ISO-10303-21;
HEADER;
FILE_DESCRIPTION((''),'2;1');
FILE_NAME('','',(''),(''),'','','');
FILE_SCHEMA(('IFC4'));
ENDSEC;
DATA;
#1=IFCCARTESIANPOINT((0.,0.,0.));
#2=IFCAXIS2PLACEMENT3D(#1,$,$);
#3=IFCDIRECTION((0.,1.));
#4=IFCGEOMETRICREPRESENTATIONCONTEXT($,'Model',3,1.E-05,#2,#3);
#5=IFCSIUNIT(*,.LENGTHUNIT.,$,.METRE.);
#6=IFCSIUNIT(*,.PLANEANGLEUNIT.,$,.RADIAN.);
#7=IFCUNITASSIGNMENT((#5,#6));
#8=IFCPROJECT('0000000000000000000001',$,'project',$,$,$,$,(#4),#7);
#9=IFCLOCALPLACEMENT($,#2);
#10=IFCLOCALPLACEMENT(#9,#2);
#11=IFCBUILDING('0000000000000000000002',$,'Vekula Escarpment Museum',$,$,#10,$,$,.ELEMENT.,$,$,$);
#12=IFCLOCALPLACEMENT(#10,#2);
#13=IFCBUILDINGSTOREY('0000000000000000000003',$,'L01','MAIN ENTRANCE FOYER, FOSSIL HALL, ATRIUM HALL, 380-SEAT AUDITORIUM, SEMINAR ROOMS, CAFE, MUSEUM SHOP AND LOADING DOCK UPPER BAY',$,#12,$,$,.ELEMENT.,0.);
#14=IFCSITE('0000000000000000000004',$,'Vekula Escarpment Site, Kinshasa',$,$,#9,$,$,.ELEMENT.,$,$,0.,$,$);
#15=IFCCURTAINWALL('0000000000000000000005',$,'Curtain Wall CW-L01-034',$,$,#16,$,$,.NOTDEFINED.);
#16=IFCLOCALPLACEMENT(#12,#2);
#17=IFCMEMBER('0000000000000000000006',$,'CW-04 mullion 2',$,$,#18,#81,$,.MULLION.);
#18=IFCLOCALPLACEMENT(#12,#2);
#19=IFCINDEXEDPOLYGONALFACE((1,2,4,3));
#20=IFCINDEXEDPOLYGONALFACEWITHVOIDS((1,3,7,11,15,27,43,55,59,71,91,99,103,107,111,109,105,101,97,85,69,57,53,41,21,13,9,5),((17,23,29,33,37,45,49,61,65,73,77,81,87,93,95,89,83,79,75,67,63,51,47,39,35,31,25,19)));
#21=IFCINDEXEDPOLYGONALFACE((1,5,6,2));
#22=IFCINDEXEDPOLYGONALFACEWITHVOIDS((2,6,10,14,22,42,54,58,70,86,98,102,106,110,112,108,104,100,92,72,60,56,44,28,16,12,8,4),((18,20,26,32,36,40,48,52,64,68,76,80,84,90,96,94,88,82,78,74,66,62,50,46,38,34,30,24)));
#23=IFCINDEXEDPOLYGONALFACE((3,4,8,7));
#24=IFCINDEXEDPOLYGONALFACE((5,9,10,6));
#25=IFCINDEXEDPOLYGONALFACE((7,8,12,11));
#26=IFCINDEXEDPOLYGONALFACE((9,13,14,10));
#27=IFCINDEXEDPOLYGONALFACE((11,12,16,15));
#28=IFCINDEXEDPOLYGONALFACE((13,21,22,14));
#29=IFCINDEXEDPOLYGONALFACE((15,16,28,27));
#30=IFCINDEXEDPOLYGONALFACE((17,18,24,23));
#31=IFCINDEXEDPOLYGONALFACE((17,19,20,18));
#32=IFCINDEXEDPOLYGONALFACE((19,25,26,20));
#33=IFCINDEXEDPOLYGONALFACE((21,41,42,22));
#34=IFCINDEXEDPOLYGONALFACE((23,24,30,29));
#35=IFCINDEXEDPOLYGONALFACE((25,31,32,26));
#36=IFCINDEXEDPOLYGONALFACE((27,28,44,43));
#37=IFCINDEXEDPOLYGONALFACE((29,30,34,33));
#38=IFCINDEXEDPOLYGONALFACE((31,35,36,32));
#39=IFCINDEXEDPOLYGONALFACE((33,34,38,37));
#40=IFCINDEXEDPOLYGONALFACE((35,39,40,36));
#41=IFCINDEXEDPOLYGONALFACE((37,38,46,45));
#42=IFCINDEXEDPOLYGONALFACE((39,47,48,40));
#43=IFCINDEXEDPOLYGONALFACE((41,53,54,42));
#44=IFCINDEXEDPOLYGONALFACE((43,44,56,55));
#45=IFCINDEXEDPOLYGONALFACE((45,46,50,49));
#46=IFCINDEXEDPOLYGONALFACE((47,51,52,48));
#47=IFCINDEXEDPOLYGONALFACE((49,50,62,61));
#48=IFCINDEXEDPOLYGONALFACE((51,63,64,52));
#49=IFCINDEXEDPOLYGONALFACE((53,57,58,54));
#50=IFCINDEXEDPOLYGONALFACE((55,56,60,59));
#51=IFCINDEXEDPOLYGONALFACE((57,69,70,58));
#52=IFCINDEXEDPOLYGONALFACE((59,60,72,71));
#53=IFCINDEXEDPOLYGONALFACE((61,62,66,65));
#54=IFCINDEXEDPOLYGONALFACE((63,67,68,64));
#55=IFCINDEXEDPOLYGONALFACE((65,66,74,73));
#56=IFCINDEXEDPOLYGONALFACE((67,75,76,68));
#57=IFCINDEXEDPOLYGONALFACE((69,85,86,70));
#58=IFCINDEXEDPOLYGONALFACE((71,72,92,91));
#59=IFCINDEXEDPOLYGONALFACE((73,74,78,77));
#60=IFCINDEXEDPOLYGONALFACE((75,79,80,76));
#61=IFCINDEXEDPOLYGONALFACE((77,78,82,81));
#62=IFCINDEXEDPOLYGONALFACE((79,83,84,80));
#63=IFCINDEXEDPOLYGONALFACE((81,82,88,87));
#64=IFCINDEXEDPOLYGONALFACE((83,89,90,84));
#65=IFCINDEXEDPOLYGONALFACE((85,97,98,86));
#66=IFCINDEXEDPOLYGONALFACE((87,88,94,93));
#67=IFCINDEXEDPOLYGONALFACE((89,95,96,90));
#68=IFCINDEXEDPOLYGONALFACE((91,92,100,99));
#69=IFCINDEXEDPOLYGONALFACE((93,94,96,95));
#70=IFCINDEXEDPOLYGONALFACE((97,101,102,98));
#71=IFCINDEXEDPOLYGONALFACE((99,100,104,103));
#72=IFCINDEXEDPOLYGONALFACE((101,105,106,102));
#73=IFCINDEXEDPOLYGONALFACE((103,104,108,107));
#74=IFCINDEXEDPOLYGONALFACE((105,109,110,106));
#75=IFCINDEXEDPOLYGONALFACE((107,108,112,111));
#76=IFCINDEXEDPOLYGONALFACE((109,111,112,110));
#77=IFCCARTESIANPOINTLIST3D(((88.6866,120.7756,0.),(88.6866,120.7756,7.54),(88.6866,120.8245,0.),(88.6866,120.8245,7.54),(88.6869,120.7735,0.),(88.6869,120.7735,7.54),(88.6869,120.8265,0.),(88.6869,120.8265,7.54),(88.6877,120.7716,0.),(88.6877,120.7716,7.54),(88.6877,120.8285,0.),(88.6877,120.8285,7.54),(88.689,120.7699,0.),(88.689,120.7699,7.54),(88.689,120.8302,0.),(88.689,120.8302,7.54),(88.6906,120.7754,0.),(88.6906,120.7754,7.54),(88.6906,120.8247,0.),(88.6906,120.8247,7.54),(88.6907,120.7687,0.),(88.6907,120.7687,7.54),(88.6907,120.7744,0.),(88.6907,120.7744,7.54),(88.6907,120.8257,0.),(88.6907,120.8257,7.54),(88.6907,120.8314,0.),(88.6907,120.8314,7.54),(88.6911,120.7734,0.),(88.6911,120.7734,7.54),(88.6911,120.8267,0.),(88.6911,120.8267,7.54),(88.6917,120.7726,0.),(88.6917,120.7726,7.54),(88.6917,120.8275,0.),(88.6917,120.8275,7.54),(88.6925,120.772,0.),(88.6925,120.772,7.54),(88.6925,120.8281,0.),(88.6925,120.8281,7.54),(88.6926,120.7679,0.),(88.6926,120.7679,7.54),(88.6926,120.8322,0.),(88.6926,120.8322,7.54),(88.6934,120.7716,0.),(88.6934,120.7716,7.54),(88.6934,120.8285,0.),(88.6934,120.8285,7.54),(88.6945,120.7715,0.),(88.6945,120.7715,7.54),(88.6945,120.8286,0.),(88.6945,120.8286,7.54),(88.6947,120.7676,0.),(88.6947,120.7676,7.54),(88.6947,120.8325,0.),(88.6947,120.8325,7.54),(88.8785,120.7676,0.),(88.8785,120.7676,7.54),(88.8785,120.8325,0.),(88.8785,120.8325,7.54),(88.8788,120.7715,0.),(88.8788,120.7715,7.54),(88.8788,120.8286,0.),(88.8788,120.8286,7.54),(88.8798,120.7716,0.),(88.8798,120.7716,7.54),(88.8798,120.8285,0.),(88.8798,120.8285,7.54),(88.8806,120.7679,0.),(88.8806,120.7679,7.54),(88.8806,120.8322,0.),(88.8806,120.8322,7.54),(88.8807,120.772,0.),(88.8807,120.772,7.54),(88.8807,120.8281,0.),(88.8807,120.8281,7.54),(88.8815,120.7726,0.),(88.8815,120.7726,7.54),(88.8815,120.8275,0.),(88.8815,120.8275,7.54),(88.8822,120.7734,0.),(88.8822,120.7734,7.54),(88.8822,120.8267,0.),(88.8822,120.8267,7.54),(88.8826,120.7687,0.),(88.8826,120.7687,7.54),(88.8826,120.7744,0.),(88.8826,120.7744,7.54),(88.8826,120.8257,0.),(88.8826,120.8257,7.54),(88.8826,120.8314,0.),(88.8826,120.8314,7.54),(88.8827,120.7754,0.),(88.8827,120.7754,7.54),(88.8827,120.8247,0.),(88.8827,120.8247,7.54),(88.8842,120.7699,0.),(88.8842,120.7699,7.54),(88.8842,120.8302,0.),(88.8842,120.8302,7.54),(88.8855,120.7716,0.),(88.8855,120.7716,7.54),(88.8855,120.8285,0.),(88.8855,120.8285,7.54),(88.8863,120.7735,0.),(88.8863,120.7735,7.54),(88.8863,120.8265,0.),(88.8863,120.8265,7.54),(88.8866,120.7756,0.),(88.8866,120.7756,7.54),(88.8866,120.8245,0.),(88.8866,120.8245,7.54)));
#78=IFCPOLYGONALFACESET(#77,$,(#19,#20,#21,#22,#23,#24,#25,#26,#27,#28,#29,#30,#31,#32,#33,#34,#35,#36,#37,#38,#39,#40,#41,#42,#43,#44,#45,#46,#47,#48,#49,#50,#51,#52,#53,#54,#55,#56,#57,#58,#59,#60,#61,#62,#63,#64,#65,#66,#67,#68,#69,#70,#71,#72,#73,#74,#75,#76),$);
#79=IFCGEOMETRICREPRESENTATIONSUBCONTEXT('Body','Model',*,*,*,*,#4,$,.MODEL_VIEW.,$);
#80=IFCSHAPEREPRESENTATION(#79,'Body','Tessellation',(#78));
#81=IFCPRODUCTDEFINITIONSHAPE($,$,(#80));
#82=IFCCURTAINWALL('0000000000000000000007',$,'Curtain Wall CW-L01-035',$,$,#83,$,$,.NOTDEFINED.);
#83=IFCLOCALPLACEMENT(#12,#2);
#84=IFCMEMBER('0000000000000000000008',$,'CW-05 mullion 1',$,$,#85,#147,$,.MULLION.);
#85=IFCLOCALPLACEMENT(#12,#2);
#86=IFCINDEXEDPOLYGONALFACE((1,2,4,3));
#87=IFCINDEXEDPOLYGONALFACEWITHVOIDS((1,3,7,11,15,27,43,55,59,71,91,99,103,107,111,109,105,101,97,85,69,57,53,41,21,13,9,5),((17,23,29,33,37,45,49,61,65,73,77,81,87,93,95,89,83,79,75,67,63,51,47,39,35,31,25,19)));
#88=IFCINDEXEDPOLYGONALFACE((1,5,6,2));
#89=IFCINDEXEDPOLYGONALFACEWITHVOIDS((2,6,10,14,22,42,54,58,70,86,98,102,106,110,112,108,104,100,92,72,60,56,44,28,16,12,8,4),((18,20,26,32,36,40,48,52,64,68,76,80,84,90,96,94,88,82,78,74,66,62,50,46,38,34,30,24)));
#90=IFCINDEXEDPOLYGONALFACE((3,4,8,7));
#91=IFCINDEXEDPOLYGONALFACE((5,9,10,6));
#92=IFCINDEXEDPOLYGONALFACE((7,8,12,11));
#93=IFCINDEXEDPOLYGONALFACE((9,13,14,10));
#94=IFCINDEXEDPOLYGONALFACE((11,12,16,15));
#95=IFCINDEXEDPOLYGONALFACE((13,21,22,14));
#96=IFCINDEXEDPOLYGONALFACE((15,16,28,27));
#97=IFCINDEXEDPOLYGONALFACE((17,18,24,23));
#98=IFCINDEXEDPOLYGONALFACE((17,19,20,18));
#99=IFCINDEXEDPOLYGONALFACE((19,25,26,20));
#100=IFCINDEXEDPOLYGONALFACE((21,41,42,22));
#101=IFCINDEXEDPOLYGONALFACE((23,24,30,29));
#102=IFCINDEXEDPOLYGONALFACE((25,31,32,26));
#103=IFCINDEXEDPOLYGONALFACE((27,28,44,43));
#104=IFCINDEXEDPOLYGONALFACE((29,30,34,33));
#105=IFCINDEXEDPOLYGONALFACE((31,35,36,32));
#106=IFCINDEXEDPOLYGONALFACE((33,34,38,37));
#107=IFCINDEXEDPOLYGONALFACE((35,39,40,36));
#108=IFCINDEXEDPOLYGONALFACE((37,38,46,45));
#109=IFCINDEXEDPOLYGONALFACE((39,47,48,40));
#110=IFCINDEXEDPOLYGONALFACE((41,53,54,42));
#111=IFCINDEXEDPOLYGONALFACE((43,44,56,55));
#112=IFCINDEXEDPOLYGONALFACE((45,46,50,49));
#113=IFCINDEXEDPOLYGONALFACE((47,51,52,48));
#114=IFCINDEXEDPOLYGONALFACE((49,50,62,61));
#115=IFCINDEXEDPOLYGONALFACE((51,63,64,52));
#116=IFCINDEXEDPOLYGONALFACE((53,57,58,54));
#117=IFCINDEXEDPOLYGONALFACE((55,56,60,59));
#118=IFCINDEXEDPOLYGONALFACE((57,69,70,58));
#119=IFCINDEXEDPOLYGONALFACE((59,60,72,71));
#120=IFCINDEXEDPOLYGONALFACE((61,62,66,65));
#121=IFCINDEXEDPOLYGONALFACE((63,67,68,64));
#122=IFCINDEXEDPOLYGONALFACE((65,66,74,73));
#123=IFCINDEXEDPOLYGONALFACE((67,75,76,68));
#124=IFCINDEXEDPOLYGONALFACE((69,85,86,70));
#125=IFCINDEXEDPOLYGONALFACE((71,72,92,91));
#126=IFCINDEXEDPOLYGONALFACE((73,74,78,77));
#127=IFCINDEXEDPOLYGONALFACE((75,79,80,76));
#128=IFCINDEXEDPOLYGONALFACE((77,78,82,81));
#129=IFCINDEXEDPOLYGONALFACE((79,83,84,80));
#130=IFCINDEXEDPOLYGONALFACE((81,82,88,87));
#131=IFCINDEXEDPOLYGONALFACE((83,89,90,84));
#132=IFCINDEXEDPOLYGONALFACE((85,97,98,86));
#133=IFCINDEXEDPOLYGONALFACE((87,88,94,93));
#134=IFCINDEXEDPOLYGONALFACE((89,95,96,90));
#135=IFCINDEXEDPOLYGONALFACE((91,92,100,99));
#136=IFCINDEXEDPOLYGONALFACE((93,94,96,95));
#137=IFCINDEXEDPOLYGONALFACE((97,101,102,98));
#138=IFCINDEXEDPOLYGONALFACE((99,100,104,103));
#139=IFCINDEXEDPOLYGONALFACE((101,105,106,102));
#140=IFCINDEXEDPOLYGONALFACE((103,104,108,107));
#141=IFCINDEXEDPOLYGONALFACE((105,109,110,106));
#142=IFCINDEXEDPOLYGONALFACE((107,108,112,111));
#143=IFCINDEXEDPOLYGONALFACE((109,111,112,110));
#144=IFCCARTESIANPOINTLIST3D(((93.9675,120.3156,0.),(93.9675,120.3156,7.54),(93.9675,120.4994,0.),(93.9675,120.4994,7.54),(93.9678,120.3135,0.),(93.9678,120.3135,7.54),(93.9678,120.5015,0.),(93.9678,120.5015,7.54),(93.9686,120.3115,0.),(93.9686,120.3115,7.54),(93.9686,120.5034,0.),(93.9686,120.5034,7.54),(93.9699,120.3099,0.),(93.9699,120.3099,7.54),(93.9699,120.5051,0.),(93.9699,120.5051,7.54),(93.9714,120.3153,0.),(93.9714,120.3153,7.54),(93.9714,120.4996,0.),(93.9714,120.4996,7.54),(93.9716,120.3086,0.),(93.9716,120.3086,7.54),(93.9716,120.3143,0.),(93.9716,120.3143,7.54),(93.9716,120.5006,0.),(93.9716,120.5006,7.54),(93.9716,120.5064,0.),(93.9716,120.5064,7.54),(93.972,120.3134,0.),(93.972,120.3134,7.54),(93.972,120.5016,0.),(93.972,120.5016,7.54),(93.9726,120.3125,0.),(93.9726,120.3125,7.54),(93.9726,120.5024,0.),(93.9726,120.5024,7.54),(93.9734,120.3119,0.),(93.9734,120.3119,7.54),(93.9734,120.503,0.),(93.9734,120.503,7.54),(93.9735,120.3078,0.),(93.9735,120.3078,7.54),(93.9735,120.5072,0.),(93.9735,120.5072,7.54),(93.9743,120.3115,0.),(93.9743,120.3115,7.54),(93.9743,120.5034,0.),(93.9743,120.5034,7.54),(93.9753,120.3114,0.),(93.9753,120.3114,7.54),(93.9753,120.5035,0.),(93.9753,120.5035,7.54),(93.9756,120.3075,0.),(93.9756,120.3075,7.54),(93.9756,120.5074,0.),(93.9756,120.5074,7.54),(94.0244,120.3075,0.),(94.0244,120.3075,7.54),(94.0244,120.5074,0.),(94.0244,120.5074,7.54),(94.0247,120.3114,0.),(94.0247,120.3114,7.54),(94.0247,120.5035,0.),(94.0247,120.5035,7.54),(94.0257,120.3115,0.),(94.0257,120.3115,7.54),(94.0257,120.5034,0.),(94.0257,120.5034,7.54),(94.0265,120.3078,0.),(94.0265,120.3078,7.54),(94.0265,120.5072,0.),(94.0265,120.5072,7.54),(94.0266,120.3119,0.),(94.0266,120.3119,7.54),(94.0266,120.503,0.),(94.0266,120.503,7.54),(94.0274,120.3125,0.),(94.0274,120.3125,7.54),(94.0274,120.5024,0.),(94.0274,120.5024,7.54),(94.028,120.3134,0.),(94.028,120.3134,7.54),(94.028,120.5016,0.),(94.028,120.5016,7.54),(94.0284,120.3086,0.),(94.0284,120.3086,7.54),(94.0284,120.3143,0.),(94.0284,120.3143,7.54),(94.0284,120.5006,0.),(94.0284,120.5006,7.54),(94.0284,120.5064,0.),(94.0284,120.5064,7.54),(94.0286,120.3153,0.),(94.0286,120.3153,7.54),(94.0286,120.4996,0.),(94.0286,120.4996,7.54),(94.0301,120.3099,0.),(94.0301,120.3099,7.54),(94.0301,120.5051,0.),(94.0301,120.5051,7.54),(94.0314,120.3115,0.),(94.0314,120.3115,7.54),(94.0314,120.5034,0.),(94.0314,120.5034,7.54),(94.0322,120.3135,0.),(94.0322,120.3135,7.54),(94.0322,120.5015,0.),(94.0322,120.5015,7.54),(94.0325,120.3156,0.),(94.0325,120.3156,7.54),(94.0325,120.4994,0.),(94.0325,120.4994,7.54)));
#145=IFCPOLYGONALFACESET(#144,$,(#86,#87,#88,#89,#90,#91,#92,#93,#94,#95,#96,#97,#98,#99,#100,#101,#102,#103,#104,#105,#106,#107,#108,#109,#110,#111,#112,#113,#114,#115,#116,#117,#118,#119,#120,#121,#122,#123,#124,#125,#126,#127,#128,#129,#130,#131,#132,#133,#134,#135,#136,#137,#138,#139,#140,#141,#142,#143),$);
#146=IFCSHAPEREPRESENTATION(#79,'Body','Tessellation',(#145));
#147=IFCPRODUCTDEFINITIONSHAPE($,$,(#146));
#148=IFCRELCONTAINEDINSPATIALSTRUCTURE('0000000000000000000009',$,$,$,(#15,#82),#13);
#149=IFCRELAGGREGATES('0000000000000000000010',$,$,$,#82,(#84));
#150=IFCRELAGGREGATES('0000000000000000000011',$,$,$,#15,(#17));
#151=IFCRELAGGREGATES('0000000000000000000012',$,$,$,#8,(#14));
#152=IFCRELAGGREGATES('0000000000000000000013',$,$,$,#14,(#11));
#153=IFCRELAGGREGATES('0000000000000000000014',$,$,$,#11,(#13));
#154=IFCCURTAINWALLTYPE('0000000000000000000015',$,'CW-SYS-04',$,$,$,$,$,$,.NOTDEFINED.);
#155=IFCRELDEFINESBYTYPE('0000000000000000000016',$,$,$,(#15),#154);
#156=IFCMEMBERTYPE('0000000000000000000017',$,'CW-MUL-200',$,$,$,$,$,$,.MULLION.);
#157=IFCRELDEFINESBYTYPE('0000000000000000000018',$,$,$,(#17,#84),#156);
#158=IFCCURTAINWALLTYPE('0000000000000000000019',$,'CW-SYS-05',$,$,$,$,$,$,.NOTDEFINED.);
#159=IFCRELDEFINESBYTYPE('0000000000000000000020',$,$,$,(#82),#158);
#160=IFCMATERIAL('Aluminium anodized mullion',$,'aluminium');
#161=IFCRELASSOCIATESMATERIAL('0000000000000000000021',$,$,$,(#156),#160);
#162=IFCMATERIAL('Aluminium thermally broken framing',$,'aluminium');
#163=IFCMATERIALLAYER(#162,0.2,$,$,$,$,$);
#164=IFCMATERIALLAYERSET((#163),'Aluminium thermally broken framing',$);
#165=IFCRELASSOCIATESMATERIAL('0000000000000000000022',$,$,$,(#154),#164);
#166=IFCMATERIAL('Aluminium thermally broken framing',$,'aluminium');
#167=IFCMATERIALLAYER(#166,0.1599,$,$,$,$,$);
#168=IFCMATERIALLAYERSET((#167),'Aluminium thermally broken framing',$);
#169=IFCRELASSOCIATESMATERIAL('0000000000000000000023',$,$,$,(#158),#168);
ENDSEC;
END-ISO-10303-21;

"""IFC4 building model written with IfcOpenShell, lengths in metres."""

from ifc_helpers import new_model, si_unit, direction, frame, origin, origin_2d, place, context, subcontext, project, spatial, hollow_rectangle, extrude, material, layer, layer_set, material_profile, profile_set, type_object, element, aggregate, save


model = new_model("IFC4")

# Units and contexts
model_context = context("Model", 3, precision=1e-05, world=origin(), true_north=direction((0.0, 1.0)))
body_context = subcontext(model_context, "Body", "Model", "MODEL_VIEW")
ifc_project = project(units=[si_unit("LENGTHUNIT", "METRE"), si_unit("PLANEANGLEUNIT", "RADIAN")], contexts=[model_context])

# Site, building, storey
site_placement = place(None, origin())
site = spatial("IfcSite", under=ifc_project, at=site_placement, Name="Vekula Escarpment Site, Kinshasa", CompositionType="ELEMENT", RefElevation=0.0)
building_placement = place(site_placement, origin())
building = spatial("IfcBuilding", under=site, at=building_placement, Name="Vekula Escarpment Museum", CompositionType="ELEMENT")
storey_placement = place(building_placement, origin())
storey = spatial("IfcBuildingStorey", under=building, at=storey_placement, Name="L01", Description="MAIN ENTRANCE FOYER, FOSSIL HALL, ATRIUM HALL, 380-SEAT AUDITORIUM, SEMINAR ROOMS, CAFE, MUSEUM SHOP AND LOADING DOCK UPPER BAY", CompositionType="ELEMENT", Elevation=0.0)

# Shared definitions
ifc_material_1 = material(Name="Aluminium anodized mullion", Category="aluminium")
ifc_material_profile_1 = material_profile(ifc_material_1, hollow_rectangle(XDim=0.0649, YDim=0.2, WallThickness=0.0039, InnerFilletRadius=0.0039, OuterFilletRadius=0.0081, at=origin_2d()), Name="ALU 200x65x4")
ifc_profile_set_1 = profile_set([ifc_material_profile_1], Name="Aluminium anodized mullion")
member_type_1 = type_object("IfcMemberType", Name="CW-MUL-200", PredefinedType="MULLION", material=ifc_profile_set_1)

# Curtain wall, member
ifc_material_2 = material(Name="Aluminium thermally broken framing", Category="aluminium")
ifc_layer_1 = layer(ifc_material_2, 0.2)
ifc_layer_set_1 = layer_set([ifc_layer_1], Name="Aluminium thermally broken framing")
curtain_wall_type_1 = type_object("IfcCurtainWallType", Name="CW-SYS-04", PredefinedType="NOTDEFINED", material=ifc_layer_set_1)
curtain_wall_1_placement = place(storey_placement, origin())
curtain_wall_1 = element("IfcCurtainWall", 1, at=curtain_wall_1_placement, inside=storey, type_object=curtain_wall_type_1, Name="Curtain Wall CW-L01-034", PredefinedType="NOTDEFINED")
member_1_placement = place(storey_placement, frame((88.7866, 120.8, 0.0), z_axis=(0.0, 0.0, 1.0), x_axis=(0.0, 1.0, 0.0)))
member_1 = element("IfcMember", 2, at=member_1_placement, type_object=member_type_1, Name="CW-04 mullion 2", PredefinedType="MULLION", context=body_context, shape_type="SweptSolid", body=[
    extrude(hollow_rectangle(XDim=0.0649, YDim=0.2, WallThickness=0.0039, InnerFilletRadius=0.0039, OuterFilletRadius=0.0081, at=origin_2d()), origin(), (0.0, 0.0, 1.0), 7.54),
])

# Curtain wall, member
ifc_material_3 = material(Name="Aluminium thermally broken framing", Category="aluminium")
ifc_layer_2 = layer(ifc_material_3, 0.1599)
ifc_layer_set_2 = layer_set([ifc_layer_2], Name="Aluminium thermally broken framing")
curtain_wall_type_2 = type_object("IfcCurtainWallType", Name="CW-SYS-05", PredefinedType="NOTDEFINED", material=ifc_layer_set_2)
curtain_wall_2_placement = place(storey_placement, origin())
curtain_wall_2 = element("IfcCurtainWall", 3, at=curtain_wall_2_placement, inside=storey, type_object=curtain_wall_type_2, Name="Curtain Wall CW-L01-035", PredefinedType="NOTDEFINED")
member_2_placement = place(storey_placement, frame((94.0, 120.4075, 0.0), z_axis=(0.0, 0.0, 1.0), x_axis=(1.0, 0.0, 0.0)))
member_2 = element("IfcMember", 4, at=member_2_placement, type_object=member_type_1, Name="CW-05 mullion 1", PredefinedType="MULLION", context=body_context, shape_type="SweptSolid", body=[
    extrude(hollow_rectangle(XDim=0.0649, YDim=0.2, WallThickness=0.0039, InnerFilletRadius=0.0039, OuterFilletRadius=0.0081, at=origin_2d()), origin(), (0.0, 0.0, 1.0), 7.54),
])

aggregate(curtain_wall_2, [member_2])

aggregate(curtain_wall_1, [member_1])

save(model, "model.ifc")
